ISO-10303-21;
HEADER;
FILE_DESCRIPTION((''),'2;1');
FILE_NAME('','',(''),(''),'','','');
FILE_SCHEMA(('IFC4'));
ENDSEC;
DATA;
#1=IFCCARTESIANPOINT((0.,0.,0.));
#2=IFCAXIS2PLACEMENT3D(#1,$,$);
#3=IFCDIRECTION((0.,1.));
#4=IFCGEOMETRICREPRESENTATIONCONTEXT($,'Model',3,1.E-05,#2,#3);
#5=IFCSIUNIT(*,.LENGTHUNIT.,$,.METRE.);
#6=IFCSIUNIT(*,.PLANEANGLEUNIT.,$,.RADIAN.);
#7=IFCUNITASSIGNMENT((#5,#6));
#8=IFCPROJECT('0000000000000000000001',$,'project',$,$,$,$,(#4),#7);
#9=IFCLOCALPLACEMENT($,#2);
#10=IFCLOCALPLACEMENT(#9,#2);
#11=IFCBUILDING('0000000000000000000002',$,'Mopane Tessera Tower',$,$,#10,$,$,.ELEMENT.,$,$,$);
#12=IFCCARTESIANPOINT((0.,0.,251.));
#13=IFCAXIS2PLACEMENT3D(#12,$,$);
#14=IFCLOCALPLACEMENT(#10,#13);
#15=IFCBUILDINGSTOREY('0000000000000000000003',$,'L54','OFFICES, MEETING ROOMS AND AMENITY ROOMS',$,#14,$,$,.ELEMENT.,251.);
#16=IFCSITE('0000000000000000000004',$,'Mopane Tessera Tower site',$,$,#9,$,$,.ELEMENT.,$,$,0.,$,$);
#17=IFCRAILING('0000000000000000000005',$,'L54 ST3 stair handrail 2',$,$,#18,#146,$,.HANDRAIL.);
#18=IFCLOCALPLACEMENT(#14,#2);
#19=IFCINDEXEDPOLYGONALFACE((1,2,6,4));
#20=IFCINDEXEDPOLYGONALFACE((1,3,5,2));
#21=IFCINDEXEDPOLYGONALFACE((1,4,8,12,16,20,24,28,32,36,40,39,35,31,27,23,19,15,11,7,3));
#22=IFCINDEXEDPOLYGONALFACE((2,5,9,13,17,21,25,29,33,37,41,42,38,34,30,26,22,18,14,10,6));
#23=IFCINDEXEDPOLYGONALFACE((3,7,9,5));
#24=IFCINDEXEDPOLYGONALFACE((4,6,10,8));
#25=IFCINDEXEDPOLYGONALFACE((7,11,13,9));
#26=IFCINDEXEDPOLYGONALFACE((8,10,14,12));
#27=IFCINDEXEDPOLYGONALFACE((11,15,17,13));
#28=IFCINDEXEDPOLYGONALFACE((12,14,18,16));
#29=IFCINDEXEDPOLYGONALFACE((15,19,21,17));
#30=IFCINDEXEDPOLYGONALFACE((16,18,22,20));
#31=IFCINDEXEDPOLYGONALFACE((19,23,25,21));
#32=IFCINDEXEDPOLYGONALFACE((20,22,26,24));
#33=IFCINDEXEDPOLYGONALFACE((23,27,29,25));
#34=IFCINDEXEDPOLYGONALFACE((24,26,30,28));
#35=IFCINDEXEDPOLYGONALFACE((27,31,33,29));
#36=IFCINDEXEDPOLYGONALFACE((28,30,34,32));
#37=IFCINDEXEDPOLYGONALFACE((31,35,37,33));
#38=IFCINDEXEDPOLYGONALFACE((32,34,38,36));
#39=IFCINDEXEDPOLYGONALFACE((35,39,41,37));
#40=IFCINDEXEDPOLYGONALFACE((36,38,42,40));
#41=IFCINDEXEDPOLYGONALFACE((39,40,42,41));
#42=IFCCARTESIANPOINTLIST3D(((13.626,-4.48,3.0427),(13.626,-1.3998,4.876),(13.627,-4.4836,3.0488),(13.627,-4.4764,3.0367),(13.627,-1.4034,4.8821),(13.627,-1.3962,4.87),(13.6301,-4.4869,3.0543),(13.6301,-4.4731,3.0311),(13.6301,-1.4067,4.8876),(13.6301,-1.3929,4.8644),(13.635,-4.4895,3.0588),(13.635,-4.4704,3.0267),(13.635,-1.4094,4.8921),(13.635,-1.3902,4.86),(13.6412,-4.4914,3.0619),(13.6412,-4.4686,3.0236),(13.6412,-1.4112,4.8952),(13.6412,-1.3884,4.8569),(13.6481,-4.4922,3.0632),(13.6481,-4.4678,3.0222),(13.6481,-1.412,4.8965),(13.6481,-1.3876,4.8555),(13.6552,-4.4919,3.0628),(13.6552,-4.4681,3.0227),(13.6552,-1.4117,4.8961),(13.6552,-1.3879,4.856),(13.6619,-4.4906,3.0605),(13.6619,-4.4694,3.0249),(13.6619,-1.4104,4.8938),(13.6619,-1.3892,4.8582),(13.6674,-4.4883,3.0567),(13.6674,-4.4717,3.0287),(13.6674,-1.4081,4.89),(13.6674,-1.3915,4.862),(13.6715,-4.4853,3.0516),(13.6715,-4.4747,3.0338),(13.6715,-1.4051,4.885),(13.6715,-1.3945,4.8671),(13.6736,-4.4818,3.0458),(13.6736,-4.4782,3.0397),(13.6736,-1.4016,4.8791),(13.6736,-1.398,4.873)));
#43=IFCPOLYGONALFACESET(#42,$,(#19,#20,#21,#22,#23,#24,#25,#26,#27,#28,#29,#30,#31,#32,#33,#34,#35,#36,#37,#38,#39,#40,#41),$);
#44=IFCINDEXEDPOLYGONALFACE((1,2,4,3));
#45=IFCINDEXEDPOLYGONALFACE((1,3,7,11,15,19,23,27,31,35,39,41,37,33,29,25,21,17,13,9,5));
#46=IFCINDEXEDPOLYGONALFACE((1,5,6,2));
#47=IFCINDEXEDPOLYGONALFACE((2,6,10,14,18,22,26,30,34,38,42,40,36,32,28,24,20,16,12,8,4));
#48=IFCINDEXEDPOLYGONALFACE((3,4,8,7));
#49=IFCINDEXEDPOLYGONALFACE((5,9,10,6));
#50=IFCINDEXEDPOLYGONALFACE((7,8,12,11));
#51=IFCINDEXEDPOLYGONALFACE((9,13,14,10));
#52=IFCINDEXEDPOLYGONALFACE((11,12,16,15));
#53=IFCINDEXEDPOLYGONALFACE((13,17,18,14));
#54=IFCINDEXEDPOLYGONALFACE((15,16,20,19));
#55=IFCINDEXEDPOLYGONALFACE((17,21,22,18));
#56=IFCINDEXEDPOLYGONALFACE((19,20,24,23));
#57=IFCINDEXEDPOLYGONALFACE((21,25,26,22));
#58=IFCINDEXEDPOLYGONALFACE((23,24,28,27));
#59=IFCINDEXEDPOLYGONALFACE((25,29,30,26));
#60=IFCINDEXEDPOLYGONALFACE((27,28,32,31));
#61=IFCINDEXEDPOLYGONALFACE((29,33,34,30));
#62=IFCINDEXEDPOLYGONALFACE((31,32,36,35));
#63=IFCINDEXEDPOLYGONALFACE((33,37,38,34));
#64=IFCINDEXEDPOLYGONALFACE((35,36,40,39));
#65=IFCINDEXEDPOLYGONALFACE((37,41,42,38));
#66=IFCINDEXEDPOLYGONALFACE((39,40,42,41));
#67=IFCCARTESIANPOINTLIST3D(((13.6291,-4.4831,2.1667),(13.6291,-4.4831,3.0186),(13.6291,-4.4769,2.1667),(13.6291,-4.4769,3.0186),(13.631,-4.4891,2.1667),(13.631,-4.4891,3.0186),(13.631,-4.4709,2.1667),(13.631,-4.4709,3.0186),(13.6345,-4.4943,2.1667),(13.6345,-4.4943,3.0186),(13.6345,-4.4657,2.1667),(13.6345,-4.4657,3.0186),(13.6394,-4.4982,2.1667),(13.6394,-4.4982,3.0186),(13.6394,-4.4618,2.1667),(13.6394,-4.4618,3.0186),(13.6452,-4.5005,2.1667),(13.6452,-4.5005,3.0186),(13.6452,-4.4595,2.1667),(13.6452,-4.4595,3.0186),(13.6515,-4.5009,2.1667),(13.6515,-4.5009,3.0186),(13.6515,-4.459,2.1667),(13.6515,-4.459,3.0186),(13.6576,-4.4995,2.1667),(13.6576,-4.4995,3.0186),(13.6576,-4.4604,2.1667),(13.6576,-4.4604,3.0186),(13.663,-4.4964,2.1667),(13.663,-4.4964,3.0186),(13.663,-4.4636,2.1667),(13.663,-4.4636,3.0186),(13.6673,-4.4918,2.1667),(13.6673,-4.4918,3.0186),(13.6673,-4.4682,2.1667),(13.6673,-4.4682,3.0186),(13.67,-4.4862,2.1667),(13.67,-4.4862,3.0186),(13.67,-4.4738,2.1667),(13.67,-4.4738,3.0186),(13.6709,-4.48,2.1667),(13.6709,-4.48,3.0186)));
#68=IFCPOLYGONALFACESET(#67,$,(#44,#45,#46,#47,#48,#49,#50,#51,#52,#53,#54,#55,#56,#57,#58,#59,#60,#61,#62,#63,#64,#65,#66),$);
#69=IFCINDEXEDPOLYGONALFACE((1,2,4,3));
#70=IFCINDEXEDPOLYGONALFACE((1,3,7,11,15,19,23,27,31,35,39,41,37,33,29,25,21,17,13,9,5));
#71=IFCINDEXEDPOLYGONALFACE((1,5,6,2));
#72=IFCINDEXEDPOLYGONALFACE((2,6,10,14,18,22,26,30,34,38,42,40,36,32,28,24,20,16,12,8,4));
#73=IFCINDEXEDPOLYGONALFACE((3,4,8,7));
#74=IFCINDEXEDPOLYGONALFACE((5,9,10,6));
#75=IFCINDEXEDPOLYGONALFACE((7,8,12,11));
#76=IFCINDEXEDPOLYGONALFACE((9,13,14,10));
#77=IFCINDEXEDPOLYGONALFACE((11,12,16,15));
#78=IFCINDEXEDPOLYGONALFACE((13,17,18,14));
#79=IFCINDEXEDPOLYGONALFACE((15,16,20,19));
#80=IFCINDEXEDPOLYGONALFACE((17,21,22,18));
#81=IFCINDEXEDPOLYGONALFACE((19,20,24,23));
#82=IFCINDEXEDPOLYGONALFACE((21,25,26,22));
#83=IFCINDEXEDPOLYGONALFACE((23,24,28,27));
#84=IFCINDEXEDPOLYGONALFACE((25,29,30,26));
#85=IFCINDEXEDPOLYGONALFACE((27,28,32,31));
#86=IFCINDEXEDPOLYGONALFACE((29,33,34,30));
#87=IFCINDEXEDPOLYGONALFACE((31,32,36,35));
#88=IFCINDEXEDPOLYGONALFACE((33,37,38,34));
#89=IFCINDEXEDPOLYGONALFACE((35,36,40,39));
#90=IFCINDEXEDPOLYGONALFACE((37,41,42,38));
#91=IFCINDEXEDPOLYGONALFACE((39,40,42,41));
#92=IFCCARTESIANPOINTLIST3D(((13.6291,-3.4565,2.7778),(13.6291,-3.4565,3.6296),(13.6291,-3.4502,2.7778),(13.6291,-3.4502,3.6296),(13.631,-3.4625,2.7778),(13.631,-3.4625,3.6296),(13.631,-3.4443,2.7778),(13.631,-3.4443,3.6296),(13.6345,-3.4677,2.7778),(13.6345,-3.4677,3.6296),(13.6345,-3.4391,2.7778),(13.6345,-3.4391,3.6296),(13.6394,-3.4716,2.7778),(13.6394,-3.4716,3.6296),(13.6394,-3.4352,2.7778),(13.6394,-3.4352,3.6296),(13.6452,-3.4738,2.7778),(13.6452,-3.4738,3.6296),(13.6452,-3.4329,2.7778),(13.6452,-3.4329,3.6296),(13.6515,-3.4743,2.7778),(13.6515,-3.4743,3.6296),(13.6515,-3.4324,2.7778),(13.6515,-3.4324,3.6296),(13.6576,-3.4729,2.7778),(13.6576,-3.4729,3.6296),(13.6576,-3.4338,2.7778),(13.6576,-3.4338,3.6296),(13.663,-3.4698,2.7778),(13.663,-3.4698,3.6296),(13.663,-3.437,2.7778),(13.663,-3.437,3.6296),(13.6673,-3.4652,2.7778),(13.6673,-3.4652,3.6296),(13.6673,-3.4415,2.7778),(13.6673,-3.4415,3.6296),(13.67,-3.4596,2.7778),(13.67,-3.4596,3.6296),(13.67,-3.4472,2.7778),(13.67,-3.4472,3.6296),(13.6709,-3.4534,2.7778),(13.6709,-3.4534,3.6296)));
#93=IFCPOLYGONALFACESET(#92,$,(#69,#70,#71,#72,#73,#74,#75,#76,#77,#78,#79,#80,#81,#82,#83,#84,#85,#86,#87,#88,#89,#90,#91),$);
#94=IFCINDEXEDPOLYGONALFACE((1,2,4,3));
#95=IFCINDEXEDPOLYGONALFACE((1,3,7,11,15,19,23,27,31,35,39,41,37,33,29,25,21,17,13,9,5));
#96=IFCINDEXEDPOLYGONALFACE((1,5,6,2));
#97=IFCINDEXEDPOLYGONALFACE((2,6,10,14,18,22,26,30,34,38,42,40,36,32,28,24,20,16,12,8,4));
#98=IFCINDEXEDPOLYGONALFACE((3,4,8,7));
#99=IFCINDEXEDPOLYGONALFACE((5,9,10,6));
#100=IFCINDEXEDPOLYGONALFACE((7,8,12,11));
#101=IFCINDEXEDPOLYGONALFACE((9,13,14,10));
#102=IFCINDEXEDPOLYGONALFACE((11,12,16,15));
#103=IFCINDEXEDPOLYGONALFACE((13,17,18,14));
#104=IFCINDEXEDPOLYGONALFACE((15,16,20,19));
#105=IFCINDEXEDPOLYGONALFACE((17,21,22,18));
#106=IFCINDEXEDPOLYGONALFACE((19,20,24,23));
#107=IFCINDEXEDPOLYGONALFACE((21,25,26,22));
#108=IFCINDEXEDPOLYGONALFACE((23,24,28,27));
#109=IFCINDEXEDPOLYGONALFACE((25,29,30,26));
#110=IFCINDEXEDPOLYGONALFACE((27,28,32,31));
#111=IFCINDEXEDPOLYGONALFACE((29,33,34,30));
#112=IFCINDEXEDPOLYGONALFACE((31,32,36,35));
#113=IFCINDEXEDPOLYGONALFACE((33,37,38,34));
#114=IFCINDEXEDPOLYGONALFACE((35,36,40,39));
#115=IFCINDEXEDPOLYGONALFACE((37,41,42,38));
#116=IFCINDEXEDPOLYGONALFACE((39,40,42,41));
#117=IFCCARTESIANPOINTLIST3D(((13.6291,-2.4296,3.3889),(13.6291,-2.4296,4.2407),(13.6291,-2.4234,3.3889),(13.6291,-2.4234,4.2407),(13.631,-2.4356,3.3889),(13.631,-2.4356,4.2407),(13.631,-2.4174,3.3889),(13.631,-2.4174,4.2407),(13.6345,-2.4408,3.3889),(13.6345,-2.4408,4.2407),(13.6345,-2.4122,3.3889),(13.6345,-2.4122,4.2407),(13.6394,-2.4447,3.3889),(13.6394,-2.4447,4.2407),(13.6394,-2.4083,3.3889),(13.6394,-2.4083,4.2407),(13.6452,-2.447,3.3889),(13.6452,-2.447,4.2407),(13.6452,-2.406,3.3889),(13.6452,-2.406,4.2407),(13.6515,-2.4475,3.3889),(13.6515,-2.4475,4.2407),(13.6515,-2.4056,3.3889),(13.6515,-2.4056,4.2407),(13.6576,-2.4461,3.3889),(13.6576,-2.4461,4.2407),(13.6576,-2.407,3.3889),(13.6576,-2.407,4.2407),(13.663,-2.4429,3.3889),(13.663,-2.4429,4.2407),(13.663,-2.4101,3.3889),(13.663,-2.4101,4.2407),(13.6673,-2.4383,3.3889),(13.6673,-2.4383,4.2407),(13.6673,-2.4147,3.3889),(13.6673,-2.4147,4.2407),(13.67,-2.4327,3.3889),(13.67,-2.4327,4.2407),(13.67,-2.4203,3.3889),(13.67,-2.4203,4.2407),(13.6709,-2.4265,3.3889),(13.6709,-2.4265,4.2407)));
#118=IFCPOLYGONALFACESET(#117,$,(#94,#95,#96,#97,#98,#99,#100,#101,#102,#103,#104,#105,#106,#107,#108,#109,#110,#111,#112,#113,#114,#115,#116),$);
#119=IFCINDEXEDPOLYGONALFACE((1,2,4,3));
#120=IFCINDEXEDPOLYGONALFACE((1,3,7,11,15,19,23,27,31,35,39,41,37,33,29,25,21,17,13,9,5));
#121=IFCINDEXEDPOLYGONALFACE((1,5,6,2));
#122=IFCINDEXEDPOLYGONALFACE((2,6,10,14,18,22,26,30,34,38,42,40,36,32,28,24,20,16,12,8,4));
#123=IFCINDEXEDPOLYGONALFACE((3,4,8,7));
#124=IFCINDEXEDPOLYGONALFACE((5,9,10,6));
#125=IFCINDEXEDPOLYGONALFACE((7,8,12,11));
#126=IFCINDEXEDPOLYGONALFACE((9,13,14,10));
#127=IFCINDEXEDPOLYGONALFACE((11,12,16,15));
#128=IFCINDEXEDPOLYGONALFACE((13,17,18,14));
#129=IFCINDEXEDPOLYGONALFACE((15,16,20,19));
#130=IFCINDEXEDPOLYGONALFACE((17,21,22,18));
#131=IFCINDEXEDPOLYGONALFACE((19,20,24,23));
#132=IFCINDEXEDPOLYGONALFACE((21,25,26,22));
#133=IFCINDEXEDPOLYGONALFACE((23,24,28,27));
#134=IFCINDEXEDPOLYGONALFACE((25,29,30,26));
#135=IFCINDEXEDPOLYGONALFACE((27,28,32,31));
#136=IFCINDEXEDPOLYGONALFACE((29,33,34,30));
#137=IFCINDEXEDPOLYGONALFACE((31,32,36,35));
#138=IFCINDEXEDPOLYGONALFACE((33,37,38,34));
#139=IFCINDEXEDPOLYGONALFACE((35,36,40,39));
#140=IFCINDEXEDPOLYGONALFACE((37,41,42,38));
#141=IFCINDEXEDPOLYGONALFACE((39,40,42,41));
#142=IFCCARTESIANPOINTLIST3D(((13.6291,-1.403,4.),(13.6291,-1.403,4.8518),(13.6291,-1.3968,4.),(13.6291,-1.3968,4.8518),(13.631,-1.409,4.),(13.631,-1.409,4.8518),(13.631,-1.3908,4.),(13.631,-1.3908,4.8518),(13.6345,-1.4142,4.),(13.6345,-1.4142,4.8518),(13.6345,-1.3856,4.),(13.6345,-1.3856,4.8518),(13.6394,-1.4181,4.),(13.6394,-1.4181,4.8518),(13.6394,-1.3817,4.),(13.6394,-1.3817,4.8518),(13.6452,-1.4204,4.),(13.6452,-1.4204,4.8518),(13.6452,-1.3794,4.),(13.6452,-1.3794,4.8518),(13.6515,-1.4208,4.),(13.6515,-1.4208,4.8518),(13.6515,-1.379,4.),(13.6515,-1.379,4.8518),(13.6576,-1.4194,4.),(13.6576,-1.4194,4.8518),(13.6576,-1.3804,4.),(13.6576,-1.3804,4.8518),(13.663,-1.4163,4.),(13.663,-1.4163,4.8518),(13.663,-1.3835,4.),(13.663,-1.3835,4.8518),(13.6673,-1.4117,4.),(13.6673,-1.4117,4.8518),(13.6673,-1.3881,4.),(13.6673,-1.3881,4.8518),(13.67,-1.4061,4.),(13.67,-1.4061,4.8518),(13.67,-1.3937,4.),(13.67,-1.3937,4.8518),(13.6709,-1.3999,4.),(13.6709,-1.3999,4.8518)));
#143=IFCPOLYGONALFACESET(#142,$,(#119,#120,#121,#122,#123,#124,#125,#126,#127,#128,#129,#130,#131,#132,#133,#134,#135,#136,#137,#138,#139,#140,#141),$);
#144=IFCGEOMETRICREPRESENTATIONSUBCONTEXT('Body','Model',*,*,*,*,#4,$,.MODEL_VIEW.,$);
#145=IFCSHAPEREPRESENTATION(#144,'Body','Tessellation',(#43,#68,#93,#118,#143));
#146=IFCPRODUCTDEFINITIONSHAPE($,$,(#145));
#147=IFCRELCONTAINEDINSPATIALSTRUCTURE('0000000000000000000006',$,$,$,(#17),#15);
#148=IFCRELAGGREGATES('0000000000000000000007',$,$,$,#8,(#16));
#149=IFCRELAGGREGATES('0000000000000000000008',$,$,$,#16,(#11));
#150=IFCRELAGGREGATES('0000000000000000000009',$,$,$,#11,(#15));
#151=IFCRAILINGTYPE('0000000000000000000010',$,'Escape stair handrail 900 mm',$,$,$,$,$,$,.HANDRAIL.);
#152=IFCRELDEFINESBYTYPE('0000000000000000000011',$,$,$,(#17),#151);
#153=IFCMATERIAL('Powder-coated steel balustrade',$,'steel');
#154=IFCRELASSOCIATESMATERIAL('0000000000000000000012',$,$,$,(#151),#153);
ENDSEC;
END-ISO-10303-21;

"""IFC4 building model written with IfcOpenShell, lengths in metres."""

from ifc_helpers import new_model, si_unit, direction, frame, origin, origin_2d, place, context, subcontext, project, spatial, circle, extrude, material, type_object, element, save


model = new_model("IFC4")

# Units and contexts
model_context = context("Model", 3, precision=1e-05, world=origin(), true_north=direction((0.0, 1.0)))
body_context = subcontext(model_context, "Body", "Model", "MODEL_VIEW")
ifc_project = project(units=[si_unit("LENGTHUNIT", "METRE"), si_unit("PLANEANGLEUNIT", "RADIAN")], contexts=[model_context])

# Site, building, storey
site_placement = place(None, origin())
site = spatial("IfcSite", under=ifc_project, at=site_placement, Name="Mopane Tessera Tower site", CompositionType="ELEMENT", RefElevation=0.0)
building_placement = place(site_placement, origin())
building = spatial("IfcBuilding", under=site, at=building_placement, Name="Mopane Tessera Tower", CompositionType="ELEMENT")
storey_placement = place(building_placement, frame((0.0, 0.0, 251.0)))
storey = spatial("IfcBuildingStorey", under=building, at=storey_placement, Name="L54", Description="OFFICES, MEETING ROOMS AND AMENITY ROOMS", CompositionType="ELEMENT", Elevation=251.0)

# Railing
ifc_material_1 = material(Name="Powder-coated steel balustrade", Category="steel")
railing_type_1 = type_object("IfcRailingType", Name="Escape stair handrail 900 mm", PredefinedType="HANDRAIL", material=ifc_material_1)
railing_1_placement = place(storey_placement, frame((13.6499, -4.48, 2.1667)))
element("IfcRailing", 1, at=railing_1_placement, inside=storey, type_object=railing_type_1, Name="L54 ST3 stair handrail 2", PredefinedType="HANDRAIL", context=body_context, shape_type="SweptSolid", body=[
    extrude(circle(Radius=0.0239, at=origin_2d()), frame((0.0, 0.0, 0.876), z_axis=(0.0, 0.859309, 0.511458), x_axis=(-1.0, 0.0, 0.0)), (0.0, 0.0, 1.0), 3.5845),
    extrude(circle(Radius=0.021, at=origin_2d()), origin(), (0.0, 0.0, 1.0), 0.8518),
    extrude(circle(Radius=0.021, at=origin_2d()), frame((0.0, 1.0266, 0.6111)), (0.0, 0.0, 1.0), 0.8518),
    extrude(circle(Radius=0.021, at=origin_2d()), frame((0.0, 2.0535, 1.2222)), (0.0, 0.0, 1.0), 0.8518),
    extrude(circle(Radius=0.021, at=origin_2d()), frame((0.0, 3.0801, 1.8333)), (0.0, 0.0, 1.0), 0.8518),
])

save(model, "model.ifc")
